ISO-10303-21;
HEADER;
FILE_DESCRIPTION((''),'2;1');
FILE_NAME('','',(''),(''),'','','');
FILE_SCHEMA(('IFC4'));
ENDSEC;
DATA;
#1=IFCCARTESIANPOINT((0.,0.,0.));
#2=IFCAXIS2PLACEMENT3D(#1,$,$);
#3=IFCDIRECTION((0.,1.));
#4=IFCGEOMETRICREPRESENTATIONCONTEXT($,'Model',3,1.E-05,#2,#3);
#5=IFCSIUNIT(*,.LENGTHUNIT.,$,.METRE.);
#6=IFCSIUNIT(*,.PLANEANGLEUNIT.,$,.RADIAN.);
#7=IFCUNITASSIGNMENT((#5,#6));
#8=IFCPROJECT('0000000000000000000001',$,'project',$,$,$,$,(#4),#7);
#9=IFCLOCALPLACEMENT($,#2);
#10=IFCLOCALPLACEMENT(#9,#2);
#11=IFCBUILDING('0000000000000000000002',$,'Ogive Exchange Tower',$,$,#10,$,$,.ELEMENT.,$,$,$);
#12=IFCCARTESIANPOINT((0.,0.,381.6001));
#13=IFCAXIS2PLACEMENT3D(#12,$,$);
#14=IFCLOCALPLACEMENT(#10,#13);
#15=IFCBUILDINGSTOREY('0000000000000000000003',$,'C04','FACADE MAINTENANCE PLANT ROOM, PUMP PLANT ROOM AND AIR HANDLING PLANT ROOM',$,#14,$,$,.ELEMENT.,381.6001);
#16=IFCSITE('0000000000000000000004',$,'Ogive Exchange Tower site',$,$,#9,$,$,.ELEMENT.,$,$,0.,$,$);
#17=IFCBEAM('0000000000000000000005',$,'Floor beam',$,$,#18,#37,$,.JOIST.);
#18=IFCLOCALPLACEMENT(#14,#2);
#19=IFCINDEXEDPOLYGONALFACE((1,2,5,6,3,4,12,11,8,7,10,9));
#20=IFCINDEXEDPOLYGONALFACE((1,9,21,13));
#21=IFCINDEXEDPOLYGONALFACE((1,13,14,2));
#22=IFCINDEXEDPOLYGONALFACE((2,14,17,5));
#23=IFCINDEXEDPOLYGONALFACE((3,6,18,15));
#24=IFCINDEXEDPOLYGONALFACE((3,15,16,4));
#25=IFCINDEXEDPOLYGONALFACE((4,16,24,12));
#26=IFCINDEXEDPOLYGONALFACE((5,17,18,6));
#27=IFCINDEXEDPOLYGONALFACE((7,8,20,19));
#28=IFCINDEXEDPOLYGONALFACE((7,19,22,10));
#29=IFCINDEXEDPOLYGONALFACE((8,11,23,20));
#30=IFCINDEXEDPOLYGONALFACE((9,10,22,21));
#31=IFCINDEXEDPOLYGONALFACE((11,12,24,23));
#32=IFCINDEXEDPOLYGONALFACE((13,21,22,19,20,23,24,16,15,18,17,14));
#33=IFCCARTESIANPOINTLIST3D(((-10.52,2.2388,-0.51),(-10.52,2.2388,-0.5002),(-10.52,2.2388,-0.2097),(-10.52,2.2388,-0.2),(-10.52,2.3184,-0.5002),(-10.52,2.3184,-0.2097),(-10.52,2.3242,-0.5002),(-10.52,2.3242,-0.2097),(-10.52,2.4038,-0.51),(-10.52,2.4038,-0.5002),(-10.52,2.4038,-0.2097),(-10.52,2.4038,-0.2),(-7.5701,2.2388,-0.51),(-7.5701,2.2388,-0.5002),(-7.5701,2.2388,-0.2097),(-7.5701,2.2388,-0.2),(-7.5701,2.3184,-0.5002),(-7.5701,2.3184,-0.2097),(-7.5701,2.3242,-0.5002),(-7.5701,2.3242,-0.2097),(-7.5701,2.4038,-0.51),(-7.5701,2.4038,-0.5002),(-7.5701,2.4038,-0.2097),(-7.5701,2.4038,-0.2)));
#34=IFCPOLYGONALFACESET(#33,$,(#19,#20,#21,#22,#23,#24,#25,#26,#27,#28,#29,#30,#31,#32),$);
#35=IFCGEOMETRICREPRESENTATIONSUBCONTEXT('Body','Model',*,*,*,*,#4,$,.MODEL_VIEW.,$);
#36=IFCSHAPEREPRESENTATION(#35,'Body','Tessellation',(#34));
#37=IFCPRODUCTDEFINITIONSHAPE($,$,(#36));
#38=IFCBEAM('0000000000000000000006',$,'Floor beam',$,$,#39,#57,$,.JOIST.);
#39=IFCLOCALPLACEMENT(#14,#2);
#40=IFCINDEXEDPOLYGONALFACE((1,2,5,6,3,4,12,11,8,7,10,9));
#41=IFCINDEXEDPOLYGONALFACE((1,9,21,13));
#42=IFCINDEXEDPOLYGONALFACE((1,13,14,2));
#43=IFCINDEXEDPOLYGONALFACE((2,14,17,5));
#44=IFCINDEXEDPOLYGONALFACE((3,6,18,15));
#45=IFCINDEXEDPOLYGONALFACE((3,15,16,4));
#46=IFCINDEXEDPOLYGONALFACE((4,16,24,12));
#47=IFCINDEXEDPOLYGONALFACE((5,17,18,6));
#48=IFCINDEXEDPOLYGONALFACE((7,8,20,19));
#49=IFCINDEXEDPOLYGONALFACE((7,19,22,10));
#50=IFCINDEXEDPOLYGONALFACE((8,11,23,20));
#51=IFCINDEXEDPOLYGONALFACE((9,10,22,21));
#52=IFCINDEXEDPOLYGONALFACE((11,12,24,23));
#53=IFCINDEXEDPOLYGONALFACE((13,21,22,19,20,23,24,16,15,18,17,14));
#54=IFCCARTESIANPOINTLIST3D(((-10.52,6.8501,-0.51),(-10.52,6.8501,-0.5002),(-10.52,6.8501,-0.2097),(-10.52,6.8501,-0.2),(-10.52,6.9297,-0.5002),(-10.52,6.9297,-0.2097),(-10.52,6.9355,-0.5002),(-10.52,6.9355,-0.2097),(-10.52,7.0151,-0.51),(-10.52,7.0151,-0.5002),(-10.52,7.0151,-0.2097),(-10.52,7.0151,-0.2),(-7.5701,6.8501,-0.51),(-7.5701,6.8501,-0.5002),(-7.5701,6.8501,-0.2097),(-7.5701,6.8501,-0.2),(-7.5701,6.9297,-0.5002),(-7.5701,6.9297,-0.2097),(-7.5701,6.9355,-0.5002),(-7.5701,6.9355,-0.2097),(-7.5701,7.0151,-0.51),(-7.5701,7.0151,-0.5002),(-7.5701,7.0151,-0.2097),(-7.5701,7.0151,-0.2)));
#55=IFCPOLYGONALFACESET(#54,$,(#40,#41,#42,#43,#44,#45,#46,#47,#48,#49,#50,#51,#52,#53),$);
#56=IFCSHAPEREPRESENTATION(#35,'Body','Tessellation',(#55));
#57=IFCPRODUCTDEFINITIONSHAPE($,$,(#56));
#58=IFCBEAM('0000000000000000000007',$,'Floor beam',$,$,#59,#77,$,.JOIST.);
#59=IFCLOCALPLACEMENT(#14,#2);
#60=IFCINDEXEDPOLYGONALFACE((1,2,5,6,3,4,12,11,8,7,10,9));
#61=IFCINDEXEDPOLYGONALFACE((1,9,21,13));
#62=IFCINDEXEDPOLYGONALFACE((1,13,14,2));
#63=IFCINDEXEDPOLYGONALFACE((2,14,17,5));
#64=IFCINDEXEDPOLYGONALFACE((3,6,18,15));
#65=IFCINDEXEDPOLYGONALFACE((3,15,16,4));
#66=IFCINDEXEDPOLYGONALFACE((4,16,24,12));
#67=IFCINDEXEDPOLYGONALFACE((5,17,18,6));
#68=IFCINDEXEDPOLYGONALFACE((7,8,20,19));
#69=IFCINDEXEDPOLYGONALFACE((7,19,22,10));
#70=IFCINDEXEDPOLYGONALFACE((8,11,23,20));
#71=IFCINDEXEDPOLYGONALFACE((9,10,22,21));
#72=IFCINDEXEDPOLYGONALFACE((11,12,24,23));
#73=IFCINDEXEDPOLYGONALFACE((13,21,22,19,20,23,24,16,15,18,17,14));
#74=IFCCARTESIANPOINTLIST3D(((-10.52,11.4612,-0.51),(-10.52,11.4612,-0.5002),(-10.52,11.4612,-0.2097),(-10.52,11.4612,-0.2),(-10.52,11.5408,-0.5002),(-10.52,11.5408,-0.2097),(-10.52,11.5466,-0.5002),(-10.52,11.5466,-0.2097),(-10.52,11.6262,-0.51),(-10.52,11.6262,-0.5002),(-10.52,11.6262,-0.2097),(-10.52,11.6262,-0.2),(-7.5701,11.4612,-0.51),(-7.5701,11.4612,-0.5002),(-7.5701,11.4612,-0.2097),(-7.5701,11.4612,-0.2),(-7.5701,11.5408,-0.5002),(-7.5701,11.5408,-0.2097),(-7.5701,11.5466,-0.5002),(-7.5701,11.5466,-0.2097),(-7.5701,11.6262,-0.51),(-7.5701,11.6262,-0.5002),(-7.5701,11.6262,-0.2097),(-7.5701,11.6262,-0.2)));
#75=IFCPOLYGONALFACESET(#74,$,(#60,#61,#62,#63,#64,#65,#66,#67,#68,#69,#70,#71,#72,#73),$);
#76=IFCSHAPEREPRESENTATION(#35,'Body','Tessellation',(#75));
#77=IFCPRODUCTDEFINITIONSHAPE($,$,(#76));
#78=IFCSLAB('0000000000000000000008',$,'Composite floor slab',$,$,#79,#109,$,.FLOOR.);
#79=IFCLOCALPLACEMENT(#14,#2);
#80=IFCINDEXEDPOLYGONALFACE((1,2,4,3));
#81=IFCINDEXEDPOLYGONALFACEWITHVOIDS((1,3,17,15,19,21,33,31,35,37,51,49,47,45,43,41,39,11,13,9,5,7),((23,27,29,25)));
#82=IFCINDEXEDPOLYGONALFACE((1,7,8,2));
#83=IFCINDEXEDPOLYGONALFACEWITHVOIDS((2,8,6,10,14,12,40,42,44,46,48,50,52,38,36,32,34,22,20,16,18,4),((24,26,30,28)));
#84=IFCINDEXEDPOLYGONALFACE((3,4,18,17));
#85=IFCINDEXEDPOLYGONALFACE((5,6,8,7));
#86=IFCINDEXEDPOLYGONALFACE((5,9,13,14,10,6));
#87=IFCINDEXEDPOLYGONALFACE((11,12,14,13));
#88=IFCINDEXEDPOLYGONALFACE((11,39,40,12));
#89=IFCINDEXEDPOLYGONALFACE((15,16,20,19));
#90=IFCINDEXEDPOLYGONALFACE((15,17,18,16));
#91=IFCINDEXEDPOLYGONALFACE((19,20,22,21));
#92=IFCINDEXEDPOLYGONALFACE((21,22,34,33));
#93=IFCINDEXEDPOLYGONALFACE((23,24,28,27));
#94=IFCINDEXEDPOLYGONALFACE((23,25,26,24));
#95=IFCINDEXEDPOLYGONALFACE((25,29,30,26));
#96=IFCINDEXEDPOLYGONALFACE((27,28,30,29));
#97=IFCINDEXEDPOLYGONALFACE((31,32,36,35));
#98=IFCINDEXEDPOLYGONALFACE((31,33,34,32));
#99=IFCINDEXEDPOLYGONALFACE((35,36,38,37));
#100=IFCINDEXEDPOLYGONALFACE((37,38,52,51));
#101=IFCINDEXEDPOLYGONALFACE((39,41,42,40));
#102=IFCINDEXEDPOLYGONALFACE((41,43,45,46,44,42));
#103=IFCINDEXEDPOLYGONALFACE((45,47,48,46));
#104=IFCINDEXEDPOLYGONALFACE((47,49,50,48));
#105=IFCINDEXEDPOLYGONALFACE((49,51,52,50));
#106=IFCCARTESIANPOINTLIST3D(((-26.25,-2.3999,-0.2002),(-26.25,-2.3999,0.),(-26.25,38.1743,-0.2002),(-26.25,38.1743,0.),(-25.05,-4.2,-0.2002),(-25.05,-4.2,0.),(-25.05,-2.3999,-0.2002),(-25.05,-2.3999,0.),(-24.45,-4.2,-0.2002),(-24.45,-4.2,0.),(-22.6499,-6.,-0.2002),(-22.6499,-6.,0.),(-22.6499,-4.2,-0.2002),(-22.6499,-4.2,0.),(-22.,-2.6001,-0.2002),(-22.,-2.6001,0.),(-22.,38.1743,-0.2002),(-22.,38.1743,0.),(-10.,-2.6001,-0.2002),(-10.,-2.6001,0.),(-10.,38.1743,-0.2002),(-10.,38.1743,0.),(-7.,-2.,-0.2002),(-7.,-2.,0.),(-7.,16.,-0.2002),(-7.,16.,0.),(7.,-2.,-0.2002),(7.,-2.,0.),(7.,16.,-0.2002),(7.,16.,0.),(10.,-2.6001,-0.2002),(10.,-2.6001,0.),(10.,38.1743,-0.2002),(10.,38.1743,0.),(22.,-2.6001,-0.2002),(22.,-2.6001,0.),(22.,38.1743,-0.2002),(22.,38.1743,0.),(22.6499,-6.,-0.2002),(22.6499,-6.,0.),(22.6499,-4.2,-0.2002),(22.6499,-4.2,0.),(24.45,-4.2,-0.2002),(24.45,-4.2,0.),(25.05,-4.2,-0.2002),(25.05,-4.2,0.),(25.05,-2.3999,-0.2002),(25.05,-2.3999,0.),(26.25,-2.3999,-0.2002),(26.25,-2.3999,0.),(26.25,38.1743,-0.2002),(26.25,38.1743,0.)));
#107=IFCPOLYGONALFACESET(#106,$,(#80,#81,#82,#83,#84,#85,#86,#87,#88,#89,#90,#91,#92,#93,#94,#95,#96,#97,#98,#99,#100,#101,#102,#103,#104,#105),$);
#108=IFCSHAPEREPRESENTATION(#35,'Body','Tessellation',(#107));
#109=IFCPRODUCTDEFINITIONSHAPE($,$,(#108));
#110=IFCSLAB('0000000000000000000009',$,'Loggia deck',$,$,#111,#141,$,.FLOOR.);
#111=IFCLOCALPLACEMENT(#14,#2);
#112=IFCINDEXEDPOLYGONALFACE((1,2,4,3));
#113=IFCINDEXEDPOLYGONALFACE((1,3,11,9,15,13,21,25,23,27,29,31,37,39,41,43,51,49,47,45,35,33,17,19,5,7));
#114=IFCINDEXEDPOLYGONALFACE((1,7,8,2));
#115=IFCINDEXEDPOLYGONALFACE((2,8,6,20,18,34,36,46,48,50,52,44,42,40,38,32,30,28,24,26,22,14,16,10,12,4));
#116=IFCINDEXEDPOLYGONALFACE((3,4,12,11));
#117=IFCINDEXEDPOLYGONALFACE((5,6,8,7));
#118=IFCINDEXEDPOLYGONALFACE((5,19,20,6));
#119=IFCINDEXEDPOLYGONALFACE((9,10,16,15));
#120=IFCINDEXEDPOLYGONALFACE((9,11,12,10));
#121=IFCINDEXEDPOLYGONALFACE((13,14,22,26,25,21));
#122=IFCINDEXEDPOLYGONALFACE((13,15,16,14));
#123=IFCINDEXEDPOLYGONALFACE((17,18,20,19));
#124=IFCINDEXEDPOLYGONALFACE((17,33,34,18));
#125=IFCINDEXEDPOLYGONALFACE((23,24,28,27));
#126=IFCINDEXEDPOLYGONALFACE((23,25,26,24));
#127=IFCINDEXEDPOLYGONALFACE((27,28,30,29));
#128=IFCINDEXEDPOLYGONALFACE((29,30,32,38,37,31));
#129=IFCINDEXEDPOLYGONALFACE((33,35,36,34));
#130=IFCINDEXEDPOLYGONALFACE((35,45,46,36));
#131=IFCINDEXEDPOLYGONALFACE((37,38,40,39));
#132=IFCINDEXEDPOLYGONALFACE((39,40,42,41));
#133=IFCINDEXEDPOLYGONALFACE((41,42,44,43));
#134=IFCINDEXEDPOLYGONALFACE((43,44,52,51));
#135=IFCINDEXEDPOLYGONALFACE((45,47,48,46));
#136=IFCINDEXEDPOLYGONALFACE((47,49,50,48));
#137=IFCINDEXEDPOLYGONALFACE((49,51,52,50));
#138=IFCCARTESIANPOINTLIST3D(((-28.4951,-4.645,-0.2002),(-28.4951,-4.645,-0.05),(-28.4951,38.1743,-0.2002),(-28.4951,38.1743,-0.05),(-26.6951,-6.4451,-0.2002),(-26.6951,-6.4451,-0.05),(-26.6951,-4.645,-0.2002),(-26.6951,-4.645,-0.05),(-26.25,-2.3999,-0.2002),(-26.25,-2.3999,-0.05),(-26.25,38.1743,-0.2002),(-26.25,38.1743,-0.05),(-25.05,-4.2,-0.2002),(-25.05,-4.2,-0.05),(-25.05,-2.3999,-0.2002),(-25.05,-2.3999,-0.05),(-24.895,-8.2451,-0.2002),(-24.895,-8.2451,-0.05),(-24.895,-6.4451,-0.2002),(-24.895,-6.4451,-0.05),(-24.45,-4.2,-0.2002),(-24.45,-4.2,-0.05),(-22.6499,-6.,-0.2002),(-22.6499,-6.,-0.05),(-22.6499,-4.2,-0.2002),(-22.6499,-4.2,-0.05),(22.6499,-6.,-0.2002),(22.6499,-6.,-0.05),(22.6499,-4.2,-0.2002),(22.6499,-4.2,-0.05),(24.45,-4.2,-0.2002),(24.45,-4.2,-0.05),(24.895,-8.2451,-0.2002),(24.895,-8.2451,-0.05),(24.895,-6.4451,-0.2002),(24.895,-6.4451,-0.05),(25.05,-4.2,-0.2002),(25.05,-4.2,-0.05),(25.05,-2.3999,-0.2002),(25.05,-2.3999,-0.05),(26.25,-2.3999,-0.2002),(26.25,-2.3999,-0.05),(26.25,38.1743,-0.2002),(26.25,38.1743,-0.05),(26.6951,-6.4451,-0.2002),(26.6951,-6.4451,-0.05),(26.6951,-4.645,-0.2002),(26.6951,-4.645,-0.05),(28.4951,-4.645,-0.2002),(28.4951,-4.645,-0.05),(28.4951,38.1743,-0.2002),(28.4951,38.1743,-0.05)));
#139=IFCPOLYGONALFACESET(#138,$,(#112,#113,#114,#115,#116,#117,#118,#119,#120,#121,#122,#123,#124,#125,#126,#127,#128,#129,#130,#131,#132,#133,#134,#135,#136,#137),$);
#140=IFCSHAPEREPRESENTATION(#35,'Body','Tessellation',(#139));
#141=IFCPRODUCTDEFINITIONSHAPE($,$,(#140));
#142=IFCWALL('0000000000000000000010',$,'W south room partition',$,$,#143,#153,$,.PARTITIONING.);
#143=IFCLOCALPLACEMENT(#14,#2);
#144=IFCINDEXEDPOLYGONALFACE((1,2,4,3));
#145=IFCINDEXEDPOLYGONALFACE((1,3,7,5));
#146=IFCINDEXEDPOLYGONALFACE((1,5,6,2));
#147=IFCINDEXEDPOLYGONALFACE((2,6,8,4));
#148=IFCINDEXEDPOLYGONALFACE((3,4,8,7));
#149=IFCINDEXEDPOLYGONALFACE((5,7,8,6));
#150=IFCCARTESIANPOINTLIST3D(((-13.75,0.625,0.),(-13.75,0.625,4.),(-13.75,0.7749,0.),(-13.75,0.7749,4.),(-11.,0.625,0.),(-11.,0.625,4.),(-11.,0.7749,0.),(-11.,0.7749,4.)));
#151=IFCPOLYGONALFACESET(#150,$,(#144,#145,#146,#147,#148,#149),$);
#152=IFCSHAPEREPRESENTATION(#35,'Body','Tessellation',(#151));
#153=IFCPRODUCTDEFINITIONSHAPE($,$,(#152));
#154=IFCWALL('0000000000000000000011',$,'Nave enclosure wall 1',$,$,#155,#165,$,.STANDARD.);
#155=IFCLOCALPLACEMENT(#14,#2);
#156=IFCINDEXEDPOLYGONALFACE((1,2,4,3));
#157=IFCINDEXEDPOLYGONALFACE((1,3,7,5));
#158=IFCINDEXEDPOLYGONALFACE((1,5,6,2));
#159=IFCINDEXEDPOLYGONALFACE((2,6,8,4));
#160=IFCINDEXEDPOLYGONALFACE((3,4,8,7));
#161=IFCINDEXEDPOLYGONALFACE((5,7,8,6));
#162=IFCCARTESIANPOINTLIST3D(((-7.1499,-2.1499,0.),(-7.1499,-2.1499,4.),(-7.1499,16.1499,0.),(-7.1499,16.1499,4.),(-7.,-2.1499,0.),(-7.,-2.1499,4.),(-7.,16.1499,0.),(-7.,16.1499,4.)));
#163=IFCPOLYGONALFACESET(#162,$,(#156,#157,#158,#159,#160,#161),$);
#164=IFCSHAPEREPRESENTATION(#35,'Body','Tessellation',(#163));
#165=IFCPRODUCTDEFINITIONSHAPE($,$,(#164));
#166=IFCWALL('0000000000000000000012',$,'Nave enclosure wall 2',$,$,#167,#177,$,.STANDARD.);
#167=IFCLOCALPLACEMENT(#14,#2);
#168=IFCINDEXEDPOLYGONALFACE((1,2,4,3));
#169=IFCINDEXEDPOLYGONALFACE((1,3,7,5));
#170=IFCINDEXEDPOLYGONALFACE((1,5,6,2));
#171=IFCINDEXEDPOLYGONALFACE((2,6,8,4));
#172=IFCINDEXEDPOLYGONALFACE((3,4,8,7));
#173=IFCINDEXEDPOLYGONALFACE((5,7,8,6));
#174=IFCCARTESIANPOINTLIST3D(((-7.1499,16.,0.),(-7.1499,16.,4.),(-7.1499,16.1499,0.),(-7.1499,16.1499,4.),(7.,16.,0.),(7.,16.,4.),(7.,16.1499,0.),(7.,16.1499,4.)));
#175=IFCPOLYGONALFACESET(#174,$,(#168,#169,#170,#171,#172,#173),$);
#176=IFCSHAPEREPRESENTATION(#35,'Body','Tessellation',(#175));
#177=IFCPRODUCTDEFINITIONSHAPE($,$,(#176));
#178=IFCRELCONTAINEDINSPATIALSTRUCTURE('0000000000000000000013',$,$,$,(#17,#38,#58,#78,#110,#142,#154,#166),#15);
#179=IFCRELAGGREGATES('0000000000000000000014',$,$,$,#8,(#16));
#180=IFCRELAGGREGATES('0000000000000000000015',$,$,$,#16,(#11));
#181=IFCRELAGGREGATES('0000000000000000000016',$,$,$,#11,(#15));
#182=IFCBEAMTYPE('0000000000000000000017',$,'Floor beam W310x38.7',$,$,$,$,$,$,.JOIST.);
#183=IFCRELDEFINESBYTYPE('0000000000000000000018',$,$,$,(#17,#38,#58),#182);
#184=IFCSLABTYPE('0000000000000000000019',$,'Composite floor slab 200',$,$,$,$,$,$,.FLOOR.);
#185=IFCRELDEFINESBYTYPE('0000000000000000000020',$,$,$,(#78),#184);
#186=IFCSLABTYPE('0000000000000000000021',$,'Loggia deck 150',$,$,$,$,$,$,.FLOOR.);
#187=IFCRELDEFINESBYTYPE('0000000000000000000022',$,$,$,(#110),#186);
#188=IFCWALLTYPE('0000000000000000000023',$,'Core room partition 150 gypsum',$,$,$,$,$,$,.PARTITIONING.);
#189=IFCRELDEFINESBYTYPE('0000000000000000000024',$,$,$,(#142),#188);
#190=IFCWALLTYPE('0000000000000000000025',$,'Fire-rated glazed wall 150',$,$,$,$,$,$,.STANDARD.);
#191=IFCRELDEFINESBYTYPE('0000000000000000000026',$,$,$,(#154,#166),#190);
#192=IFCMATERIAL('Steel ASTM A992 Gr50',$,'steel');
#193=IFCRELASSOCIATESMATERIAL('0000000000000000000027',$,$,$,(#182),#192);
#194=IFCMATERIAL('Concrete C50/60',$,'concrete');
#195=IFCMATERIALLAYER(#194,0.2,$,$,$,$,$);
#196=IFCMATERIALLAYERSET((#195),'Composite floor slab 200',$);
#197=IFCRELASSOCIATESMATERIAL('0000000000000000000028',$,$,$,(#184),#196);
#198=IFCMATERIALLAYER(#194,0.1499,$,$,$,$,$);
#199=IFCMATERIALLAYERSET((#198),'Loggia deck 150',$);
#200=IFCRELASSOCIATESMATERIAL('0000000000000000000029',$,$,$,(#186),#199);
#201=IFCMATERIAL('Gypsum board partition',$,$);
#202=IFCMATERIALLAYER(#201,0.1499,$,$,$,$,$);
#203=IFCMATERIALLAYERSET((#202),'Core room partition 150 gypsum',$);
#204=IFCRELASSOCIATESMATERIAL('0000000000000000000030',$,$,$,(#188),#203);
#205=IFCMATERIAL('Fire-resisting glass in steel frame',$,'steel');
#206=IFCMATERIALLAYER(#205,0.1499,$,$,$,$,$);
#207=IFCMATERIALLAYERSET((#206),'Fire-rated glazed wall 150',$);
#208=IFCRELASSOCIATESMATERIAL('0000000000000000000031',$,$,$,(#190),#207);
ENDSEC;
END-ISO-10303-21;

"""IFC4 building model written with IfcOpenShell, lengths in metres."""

from ifc_helpers import new_model, si_unit, direction, frame, frame_2d, origin, origin_2d, place, context, subcontext, project, spatial, polyline, rectangle, i_section, outline, extrude, material, layer, layer_set, material_profile, profile_set, type_object, element, save


model = new_model("IFC4")

# Units and contexts
model_context = context("Model", 3, precision=1e-05, world=origin(), true_north=direction((0.0, 1.0)))
body_context = subcontext(model_context, "Body", "Model", "MODEL_VIEW")
ifc_project = project(units=[si_unit("LENGTHUNIT", "METRE"), si_unit("PLANEANGLEUNIT", "RADIAN")], contexts=[model_context])

# Site, building, storey
site_placement = place(None, origin())
site = spatial("IfcSite", under=ifc_project, at=site_placement, Name="Ogive Exchange Tower site", CompositionType="ELEMENT", RefElevation=0.0)
building_placement = place(site_placement, origin())
building = spatial("IfcBuilding", under=site, at=building_placement, Name="Ogive Exchange Tower", CompositionType="ELEMENT")
storey_placement = place(building_placement, frame((0.0, 0.0, 381.6001)))
storey = spatial("IfcBuildingStorey", under=building, at=storey_placement, Name="C04", Description="FACADE MAINTENANCE PLANT ROOM, PUMP PLANT ROOM AND AIR HANDLING PLANT ROOM", CompositionType="ELEMENT", Elevation=381.6001)

# Beams
ifc_material_1 = material(Name="Steel ASTM A992 Gr50", Category="steel")
ifc_material_profile = material_profile(ifc_material_1, i_section(OverallWidth=0.165, OverallDepth=0.3101, WebThickness=0.0059, FlangeThickness=0.0098, at=origin_2d()), Name="W310x38.7")
ifc_profile_set = profile_set([ifc_material_profile], Name="Steel ASTM A992 Gr50")
beam_type = type_object("IfcBeamType", Name="Floor beam W310x38.7", PredefinedType="JOIST", material=ifc_profile_set)
for number, where, z_axis, x_axis, name in (
    (1, (-10.52, 2.3213, -0.355), (1.0, 0.0, 0.0), (0.0, 1.0, 0.0), "Floor beam"),
    (2, (-10.52, 6.9326, -0.355), (1.0, 0.0, 0.0), (0.0, 1.0, 0.0), "Floor beam"),
    (3, (-10.52, 11.5437, -0.355), (1.0, 0.0, 0.0), (0.0, 1.0, 0.0), "Floor beam"),
):
    element("IfcBeam", number, at=place(storey_placement, frame(where, z_axis=z_axis, x_axis=x_axis)), inside=storey, type_object=beam_type, Name=name, PredefinedType="JOIST", context=body_context, shape_type="SweptSolid", body=[
        extrude(i_section(OverallWidth=0.165, OverallDepth=0.3101, WebThickness=0.0059, FlangeThickness=0.0098, at=origin_2d()), origin(), (0.0, 0.0, 1.0), 2.95),
    ])

# Slabs
ifc_material_2 = material(Name="Concrete C50/60", Category="concrete")
ifc_layer_1 = layer(ifc_material_2, 0.2)
ifc_layer_set_1 = layer_set([ifc_layer_1], Name="Composite floor slab 200")
slab_type_1 = type_object("IfcSlabType", Name="Composite floor slab 200", PredefinedType="FLOOR", material=ifc_layer_set_1)
slab_1_placement = place(storey_placement, frame((0.0, 0.0, -0.2002)))
element("IfcSlab", 4, at=slab_1_placement, inside=storey, type_object=slab_type_1, Name="Composite floor slab", PredefinedType="FLOOR", context=body_context, shape_type="SweptSolid", body=[
    extrude(outline(polyline([(-24.45, -2.3999), (-24.45, -2.3999), (-26.25, -2.3999), (-26.25, 38.1743), (-22.0, 38.1743), (-22.0, -2.6001), (-10.0, -2.6001), (-10.0, 38.1743), (10.0, 38.1743), (10.0, -2.6001), (22.0, -2.6001), (22.0, 38.1743), (26.25, 38.1743), (26.25, -2.3999), (24.45, -2.3999), (24.45, -2.3999), (25.05, -2.3999), (25.05, -4.2), (24.45, -4.2), (24.45, -4.2), (22.6499, -4.2), (22.6499, -6.0), (-22.6499, -6.0), (-22.6499, -4.2), (-24.45, -4.2), (-24.45, -4.2), (-25.05, -4.2), (-25.05, -2.3999), (-24.45, -2.3999)]), holes=[polyline([(7.0, -2.0), (7.0, 16.0), (-7.0, 16.0), (-7.0, -2.0), (7.0, -2.0)])]), origin(), (0.0, 0.0, 1.0), 0.2002),
])
ifc_layer_2 = layer(ifc_material_2, 0.1499)
ifc_layer_set_2 = layer_set([ifc_layer_2], Name="Loggia deck 150")
slab_type_2 = type_object("IfcSlabType", Name="Loggia deck 150", PredefinedType="FLOOR", material=ifc_layer_set_2)
slab_2_placement = place(storey_placement, frame((0.0, 0.0, -0.2002)))
element("IfcSlab", 5, at=slab_2_placement, inside=storey, type_object=slab_type_2, Name="Loggia deck", PredefinedType="FLOOR", context=body_context, shape_type="SweptSolid", body=[
    extrude(outline(polyline([(-26.6951, -4.645), (-28.4951, -4.645), (-28.4951, 38.1743), (-26.25, 38.1743), (-26.25, -2.3999), (-24.45, -2.3999), (-24.45, -2.3999), (-25.05, -2.3999), (-25.05, -4.2), (-24.45, -4.2), (-24.45, -4.2), (-22.6499, -4.2), (-22.6499, -6.0), (22.6499, -6.0), (22.6499, -4.2), (24.45, -4.2), (24.45, -4.2), (25.05, -4.2), (25.05, -2.3999), (24.45, -2.3999), (24.45, -2.3999), (26.25, -2.3999), (26.25, 38.1743), (28.4951, 38.1743), (28.4951, -4.645), (26.6951, -4.645), (26.6951, -6.4451), (24.895, -6.4451), (24.895, -8.2451), (-24.895, -8.2451), (-24.895, -6.4451), (-26.6951, -6.4451), (-26.6951, -4.645)])), origin(), (0.0, 0.0, 1.0), 0.1501),
])

# Walls
ifc_material_3 = material(Name="Gypsum board partition")
ifc_layer_3 = layer(ifc_material_3, 0.1499)
ifc_layer_set_3 = layer_set([ifc_layer_3], Name="Core room partition 150 gypsum")
wall_type_1 = type_object("IfcWallType", Name="Core room partition 150 gypsum", PredefinedType="PARTITIONING", material=ifc_layer_set_3)
wall_1_placement = place(storey_placement, frame((-13.75, 0.7, 0.0), z_axis=(0.0, 0.0, 1.0), x_axis=(1.0, 0.0, 0.0)))
element("IfcWall", 6, at=wall_1_placement, inside=storey, type_object=wall_type_1, Name="W south room partition", PredefinedType="PARTITIONING", context=body_context, shape_type="SweptSolid", body=[
    extrude(rectangle(XDim=2.75, YDim=0.1499, at=frame_2d((1.375, 0.0))), origin(), (0.0, 0.0, 1.0), 4.0),
])
ifc_material_4 = material(Name="Fire-resisting glass in steel frame", Category="steel")
ifc_layer_4 = layer(ifc_material_4, 0.1499)
ifc_layer_set_4 = layer_set([ifc_layer_4], Name="Fire-rated glazed wall 150")
wall_type_2 = type_object("IfcWallType", Name="Fire-rated glazed wall 150", PredefinedType="STANDARD", material=ifc_layer_set_4)
wall_2_placement = place(storey_placement, frame((-7.075, -2.1499, 0.0), z_axis=(0.0, 0.0, 1.0), x_axis=(0.0, 1.0, 0.0)))
element("IfcWall", 7, at=wall_2_placement, inside=storey, type_object=wall_type_2, Name="Nave enclosure wall 1", PredefinedType="STANDARD", context=body_context, shape_type="SweptSolid", body=[
    extrude(rectangle(XDim=18.2998, YDim=0.1499, at=frame_2d((9.1499, 0.0))), origin(), (0.0, 0.0, 1.0), 4.0),
])
wall_3_placement = place(storey_placement, frame((-7.1499, 16.075, 0.0), z_axis=(0.0, 0.0, 1.0), x_axis=(1.0, 0.0, 0.0)))
element("IfcWall", 8, at=wall_3_placement, inside=storey, type_object=wall_type_2, Name="Nave enclosure wall 2", PredefinedType="STANDARD", context=body_context, shape_type="SweptSolid", body=[
    extrude(rectangle(XDim=14.1499, YDim=0.1499, at=frame_2d((7.075, 0.0))), origin(), (0.0, 0.0, 1.0), 4.0),
])

save(model, "model.ifc")
